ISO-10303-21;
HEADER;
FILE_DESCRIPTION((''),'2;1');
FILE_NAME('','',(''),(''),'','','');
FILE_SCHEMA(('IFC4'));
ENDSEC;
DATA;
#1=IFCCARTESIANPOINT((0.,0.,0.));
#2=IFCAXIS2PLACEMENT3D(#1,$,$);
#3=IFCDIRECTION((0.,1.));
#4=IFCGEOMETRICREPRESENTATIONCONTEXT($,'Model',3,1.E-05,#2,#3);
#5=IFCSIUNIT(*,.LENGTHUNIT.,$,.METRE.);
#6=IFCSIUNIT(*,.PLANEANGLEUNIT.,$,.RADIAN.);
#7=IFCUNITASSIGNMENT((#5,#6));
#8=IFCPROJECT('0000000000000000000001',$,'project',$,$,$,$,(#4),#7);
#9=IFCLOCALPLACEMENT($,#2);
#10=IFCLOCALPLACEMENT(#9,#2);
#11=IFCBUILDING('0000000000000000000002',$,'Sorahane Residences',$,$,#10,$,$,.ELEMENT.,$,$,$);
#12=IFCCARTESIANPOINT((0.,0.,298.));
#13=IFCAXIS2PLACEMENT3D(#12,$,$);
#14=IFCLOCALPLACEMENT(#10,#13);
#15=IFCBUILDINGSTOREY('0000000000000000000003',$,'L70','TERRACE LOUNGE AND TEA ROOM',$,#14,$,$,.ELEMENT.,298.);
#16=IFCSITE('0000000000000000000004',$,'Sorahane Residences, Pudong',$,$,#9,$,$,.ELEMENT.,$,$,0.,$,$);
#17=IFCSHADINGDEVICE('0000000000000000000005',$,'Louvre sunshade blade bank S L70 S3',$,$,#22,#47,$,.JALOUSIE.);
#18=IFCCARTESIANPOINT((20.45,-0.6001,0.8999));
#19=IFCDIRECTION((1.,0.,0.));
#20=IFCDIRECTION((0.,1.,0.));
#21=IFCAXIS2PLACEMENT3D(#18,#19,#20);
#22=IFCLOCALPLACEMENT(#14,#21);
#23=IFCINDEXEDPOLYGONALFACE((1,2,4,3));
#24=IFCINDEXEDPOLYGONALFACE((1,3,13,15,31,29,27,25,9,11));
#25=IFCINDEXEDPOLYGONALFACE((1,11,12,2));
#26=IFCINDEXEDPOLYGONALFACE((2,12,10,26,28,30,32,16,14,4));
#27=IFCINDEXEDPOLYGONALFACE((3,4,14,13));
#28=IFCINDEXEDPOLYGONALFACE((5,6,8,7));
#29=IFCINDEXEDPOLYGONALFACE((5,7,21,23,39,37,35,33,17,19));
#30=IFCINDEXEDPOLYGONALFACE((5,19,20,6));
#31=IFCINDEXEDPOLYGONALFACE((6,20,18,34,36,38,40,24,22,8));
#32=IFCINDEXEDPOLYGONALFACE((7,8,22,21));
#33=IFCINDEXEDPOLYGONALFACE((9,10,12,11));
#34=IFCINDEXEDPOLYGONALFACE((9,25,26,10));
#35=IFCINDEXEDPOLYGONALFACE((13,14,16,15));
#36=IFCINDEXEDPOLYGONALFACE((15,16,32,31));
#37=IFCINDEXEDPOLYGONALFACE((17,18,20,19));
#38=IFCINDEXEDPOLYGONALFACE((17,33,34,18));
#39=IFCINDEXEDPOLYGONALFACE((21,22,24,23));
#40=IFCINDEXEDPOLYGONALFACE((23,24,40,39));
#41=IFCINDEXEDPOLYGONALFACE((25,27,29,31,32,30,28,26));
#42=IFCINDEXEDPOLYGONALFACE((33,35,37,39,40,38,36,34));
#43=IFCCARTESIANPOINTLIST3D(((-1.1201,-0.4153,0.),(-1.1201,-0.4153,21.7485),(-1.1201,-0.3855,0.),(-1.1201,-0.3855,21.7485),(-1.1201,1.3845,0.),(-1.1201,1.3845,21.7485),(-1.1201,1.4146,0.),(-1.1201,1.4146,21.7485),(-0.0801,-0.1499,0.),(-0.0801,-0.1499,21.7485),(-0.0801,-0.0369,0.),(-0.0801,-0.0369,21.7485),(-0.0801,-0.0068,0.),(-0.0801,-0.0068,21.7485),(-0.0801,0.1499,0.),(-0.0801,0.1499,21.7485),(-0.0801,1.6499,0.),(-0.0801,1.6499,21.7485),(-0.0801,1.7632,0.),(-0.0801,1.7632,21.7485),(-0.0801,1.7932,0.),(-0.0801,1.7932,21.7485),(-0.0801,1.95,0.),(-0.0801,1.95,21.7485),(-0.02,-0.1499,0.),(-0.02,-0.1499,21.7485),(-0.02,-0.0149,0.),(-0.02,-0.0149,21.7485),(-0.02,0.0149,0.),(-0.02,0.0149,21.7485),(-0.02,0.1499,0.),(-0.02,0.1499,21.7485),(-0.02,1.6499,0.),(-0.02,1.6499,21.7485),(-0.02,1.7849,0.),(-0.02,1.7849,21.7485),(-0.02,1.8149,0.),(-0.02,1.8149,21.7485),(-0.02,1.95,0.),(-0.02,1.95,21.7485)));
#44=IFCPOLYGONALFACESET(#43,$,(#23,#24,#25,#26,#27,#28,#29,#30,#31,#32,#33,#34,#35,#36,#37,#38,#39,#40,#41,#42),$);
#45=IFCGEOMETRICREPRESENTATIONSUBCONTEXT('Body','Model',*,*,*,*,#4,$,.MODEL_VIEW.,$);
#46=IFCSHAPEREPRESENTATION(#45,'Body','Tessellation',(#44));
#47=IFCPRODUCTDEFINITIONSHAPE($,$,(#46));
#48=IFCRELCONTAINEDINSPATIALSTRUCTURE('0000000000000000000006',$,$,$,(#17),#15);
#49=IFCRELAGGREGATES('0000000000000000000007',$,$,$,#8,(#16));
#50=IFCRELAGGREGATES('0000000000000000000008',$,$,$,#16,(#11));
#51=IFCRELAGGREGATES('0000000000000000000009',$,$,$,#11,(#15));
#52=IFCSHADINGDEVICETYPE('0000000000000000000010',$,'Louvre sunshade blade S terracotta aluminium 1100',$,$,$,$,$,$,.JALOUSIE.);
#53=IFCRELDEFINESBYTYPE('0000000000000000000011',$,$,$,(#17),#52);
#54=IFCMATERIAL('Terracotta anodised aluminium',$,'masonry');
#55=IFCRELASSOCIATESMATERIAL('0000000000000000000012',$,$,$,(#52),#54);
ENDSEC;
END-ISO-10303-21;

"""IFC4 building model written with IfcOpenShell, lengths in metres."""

from ifc_helpers import new_model, si_unit, direction, frame, origin, place, context, subcontext, project, spatial, polyline, outline, composite_profile, extrude, material, type_object, element, save


model = new_model("IFC4")

# Units and contexts
model_context = context("Model", 3, precision=1e-05, world=origin(), true_north=direction((0.0, 1.0)))
body_context = subcontext(model_context, "Body", "Model", "MODEL_VIEW")
ifc_project = project(units=[si_unit("LENGTHUNIT", "METRE"), si_unit("PLANEANGLEUNIT", "RADIAN")], contexts=[model_context])

# Site, building, storey
site_placement = place(None, origin())
site = spatial("IfcSite", under=ifc_project, at=site_placement, Name="Sorahane Residences, Pudong", CompositionType="ELEMENT", RefElevation=0.0)
building_placement = place(site_placement, origin())
building = spatial("IfcBuilding", under=site, at=building_placement, Name="Sorahane Residences", CompositionType="ELEMENT")
storey_placement = place(building_placement, frame((0.0, 0.0, 298.0)))
storey = spatial("IfcBuildingStorey", under=building, at=storey_placement, Name="L70", Description="TERRACE LOUNGE AND TEA ROOM", CompositionType="ELEMENT", Elevation=298.0)

# Shading device
ifc_material_1 = material(Name="Terracotta anodised aluminium", Category="masonry")
shading_device_type = type_object("IfcShadingDeviceType", Name="Louvre sunshade blade S terracotta aluminium 1100", PredefinedType="JALOUSIE", material=ifc_material_1)
shading_device_placement = place(storey_placement, frame((20.45, -0.6001, 0.8999), z_axis=(1.0, 0.0, 0.0), x_axis=(0.0, 1.0, 0.0)))
element("IfcShadingDevice", 1, at=shading_device_placement, inside=storey, type_object=shading_device_type, Name="Louvre sunshade blade bank S L70 S3", PredefinedType="JALOUSIE", context=body_context, shape_type="SweptSolid", body=[
    extrude(composite_profile([outline(polyline([(-1.1201, -0.3855), (-1.1201, -0.4153), (-0.0801, -0.0369), (-0.0801, -0.1499), (-0.02, -0.1499), (-0.02, -0.0149), (-0.02, 0.0149), (-0.02, 0.1499), (-0.0801, 0.1499), (-0.0801, -0.0068), (-1.1201, -0.3855)])), outline(polyline([(-1.1201, 1.4146), (-1.1201, 1.3845), (-0.0801, 1.7632), (-0.0801, 1.6499), (-0.02, 1.6499), (-0.02, 1.7849), (-0.02, 1.8149), (-0.02, 1.95), (-0.0801, 1.95), (-0.0801, 1.7932), (-1.1201, 1.4146)]))]), origin(), (0.0, 0.0, 1.0), 21.7485),
])

save(model, "model.ifc")
